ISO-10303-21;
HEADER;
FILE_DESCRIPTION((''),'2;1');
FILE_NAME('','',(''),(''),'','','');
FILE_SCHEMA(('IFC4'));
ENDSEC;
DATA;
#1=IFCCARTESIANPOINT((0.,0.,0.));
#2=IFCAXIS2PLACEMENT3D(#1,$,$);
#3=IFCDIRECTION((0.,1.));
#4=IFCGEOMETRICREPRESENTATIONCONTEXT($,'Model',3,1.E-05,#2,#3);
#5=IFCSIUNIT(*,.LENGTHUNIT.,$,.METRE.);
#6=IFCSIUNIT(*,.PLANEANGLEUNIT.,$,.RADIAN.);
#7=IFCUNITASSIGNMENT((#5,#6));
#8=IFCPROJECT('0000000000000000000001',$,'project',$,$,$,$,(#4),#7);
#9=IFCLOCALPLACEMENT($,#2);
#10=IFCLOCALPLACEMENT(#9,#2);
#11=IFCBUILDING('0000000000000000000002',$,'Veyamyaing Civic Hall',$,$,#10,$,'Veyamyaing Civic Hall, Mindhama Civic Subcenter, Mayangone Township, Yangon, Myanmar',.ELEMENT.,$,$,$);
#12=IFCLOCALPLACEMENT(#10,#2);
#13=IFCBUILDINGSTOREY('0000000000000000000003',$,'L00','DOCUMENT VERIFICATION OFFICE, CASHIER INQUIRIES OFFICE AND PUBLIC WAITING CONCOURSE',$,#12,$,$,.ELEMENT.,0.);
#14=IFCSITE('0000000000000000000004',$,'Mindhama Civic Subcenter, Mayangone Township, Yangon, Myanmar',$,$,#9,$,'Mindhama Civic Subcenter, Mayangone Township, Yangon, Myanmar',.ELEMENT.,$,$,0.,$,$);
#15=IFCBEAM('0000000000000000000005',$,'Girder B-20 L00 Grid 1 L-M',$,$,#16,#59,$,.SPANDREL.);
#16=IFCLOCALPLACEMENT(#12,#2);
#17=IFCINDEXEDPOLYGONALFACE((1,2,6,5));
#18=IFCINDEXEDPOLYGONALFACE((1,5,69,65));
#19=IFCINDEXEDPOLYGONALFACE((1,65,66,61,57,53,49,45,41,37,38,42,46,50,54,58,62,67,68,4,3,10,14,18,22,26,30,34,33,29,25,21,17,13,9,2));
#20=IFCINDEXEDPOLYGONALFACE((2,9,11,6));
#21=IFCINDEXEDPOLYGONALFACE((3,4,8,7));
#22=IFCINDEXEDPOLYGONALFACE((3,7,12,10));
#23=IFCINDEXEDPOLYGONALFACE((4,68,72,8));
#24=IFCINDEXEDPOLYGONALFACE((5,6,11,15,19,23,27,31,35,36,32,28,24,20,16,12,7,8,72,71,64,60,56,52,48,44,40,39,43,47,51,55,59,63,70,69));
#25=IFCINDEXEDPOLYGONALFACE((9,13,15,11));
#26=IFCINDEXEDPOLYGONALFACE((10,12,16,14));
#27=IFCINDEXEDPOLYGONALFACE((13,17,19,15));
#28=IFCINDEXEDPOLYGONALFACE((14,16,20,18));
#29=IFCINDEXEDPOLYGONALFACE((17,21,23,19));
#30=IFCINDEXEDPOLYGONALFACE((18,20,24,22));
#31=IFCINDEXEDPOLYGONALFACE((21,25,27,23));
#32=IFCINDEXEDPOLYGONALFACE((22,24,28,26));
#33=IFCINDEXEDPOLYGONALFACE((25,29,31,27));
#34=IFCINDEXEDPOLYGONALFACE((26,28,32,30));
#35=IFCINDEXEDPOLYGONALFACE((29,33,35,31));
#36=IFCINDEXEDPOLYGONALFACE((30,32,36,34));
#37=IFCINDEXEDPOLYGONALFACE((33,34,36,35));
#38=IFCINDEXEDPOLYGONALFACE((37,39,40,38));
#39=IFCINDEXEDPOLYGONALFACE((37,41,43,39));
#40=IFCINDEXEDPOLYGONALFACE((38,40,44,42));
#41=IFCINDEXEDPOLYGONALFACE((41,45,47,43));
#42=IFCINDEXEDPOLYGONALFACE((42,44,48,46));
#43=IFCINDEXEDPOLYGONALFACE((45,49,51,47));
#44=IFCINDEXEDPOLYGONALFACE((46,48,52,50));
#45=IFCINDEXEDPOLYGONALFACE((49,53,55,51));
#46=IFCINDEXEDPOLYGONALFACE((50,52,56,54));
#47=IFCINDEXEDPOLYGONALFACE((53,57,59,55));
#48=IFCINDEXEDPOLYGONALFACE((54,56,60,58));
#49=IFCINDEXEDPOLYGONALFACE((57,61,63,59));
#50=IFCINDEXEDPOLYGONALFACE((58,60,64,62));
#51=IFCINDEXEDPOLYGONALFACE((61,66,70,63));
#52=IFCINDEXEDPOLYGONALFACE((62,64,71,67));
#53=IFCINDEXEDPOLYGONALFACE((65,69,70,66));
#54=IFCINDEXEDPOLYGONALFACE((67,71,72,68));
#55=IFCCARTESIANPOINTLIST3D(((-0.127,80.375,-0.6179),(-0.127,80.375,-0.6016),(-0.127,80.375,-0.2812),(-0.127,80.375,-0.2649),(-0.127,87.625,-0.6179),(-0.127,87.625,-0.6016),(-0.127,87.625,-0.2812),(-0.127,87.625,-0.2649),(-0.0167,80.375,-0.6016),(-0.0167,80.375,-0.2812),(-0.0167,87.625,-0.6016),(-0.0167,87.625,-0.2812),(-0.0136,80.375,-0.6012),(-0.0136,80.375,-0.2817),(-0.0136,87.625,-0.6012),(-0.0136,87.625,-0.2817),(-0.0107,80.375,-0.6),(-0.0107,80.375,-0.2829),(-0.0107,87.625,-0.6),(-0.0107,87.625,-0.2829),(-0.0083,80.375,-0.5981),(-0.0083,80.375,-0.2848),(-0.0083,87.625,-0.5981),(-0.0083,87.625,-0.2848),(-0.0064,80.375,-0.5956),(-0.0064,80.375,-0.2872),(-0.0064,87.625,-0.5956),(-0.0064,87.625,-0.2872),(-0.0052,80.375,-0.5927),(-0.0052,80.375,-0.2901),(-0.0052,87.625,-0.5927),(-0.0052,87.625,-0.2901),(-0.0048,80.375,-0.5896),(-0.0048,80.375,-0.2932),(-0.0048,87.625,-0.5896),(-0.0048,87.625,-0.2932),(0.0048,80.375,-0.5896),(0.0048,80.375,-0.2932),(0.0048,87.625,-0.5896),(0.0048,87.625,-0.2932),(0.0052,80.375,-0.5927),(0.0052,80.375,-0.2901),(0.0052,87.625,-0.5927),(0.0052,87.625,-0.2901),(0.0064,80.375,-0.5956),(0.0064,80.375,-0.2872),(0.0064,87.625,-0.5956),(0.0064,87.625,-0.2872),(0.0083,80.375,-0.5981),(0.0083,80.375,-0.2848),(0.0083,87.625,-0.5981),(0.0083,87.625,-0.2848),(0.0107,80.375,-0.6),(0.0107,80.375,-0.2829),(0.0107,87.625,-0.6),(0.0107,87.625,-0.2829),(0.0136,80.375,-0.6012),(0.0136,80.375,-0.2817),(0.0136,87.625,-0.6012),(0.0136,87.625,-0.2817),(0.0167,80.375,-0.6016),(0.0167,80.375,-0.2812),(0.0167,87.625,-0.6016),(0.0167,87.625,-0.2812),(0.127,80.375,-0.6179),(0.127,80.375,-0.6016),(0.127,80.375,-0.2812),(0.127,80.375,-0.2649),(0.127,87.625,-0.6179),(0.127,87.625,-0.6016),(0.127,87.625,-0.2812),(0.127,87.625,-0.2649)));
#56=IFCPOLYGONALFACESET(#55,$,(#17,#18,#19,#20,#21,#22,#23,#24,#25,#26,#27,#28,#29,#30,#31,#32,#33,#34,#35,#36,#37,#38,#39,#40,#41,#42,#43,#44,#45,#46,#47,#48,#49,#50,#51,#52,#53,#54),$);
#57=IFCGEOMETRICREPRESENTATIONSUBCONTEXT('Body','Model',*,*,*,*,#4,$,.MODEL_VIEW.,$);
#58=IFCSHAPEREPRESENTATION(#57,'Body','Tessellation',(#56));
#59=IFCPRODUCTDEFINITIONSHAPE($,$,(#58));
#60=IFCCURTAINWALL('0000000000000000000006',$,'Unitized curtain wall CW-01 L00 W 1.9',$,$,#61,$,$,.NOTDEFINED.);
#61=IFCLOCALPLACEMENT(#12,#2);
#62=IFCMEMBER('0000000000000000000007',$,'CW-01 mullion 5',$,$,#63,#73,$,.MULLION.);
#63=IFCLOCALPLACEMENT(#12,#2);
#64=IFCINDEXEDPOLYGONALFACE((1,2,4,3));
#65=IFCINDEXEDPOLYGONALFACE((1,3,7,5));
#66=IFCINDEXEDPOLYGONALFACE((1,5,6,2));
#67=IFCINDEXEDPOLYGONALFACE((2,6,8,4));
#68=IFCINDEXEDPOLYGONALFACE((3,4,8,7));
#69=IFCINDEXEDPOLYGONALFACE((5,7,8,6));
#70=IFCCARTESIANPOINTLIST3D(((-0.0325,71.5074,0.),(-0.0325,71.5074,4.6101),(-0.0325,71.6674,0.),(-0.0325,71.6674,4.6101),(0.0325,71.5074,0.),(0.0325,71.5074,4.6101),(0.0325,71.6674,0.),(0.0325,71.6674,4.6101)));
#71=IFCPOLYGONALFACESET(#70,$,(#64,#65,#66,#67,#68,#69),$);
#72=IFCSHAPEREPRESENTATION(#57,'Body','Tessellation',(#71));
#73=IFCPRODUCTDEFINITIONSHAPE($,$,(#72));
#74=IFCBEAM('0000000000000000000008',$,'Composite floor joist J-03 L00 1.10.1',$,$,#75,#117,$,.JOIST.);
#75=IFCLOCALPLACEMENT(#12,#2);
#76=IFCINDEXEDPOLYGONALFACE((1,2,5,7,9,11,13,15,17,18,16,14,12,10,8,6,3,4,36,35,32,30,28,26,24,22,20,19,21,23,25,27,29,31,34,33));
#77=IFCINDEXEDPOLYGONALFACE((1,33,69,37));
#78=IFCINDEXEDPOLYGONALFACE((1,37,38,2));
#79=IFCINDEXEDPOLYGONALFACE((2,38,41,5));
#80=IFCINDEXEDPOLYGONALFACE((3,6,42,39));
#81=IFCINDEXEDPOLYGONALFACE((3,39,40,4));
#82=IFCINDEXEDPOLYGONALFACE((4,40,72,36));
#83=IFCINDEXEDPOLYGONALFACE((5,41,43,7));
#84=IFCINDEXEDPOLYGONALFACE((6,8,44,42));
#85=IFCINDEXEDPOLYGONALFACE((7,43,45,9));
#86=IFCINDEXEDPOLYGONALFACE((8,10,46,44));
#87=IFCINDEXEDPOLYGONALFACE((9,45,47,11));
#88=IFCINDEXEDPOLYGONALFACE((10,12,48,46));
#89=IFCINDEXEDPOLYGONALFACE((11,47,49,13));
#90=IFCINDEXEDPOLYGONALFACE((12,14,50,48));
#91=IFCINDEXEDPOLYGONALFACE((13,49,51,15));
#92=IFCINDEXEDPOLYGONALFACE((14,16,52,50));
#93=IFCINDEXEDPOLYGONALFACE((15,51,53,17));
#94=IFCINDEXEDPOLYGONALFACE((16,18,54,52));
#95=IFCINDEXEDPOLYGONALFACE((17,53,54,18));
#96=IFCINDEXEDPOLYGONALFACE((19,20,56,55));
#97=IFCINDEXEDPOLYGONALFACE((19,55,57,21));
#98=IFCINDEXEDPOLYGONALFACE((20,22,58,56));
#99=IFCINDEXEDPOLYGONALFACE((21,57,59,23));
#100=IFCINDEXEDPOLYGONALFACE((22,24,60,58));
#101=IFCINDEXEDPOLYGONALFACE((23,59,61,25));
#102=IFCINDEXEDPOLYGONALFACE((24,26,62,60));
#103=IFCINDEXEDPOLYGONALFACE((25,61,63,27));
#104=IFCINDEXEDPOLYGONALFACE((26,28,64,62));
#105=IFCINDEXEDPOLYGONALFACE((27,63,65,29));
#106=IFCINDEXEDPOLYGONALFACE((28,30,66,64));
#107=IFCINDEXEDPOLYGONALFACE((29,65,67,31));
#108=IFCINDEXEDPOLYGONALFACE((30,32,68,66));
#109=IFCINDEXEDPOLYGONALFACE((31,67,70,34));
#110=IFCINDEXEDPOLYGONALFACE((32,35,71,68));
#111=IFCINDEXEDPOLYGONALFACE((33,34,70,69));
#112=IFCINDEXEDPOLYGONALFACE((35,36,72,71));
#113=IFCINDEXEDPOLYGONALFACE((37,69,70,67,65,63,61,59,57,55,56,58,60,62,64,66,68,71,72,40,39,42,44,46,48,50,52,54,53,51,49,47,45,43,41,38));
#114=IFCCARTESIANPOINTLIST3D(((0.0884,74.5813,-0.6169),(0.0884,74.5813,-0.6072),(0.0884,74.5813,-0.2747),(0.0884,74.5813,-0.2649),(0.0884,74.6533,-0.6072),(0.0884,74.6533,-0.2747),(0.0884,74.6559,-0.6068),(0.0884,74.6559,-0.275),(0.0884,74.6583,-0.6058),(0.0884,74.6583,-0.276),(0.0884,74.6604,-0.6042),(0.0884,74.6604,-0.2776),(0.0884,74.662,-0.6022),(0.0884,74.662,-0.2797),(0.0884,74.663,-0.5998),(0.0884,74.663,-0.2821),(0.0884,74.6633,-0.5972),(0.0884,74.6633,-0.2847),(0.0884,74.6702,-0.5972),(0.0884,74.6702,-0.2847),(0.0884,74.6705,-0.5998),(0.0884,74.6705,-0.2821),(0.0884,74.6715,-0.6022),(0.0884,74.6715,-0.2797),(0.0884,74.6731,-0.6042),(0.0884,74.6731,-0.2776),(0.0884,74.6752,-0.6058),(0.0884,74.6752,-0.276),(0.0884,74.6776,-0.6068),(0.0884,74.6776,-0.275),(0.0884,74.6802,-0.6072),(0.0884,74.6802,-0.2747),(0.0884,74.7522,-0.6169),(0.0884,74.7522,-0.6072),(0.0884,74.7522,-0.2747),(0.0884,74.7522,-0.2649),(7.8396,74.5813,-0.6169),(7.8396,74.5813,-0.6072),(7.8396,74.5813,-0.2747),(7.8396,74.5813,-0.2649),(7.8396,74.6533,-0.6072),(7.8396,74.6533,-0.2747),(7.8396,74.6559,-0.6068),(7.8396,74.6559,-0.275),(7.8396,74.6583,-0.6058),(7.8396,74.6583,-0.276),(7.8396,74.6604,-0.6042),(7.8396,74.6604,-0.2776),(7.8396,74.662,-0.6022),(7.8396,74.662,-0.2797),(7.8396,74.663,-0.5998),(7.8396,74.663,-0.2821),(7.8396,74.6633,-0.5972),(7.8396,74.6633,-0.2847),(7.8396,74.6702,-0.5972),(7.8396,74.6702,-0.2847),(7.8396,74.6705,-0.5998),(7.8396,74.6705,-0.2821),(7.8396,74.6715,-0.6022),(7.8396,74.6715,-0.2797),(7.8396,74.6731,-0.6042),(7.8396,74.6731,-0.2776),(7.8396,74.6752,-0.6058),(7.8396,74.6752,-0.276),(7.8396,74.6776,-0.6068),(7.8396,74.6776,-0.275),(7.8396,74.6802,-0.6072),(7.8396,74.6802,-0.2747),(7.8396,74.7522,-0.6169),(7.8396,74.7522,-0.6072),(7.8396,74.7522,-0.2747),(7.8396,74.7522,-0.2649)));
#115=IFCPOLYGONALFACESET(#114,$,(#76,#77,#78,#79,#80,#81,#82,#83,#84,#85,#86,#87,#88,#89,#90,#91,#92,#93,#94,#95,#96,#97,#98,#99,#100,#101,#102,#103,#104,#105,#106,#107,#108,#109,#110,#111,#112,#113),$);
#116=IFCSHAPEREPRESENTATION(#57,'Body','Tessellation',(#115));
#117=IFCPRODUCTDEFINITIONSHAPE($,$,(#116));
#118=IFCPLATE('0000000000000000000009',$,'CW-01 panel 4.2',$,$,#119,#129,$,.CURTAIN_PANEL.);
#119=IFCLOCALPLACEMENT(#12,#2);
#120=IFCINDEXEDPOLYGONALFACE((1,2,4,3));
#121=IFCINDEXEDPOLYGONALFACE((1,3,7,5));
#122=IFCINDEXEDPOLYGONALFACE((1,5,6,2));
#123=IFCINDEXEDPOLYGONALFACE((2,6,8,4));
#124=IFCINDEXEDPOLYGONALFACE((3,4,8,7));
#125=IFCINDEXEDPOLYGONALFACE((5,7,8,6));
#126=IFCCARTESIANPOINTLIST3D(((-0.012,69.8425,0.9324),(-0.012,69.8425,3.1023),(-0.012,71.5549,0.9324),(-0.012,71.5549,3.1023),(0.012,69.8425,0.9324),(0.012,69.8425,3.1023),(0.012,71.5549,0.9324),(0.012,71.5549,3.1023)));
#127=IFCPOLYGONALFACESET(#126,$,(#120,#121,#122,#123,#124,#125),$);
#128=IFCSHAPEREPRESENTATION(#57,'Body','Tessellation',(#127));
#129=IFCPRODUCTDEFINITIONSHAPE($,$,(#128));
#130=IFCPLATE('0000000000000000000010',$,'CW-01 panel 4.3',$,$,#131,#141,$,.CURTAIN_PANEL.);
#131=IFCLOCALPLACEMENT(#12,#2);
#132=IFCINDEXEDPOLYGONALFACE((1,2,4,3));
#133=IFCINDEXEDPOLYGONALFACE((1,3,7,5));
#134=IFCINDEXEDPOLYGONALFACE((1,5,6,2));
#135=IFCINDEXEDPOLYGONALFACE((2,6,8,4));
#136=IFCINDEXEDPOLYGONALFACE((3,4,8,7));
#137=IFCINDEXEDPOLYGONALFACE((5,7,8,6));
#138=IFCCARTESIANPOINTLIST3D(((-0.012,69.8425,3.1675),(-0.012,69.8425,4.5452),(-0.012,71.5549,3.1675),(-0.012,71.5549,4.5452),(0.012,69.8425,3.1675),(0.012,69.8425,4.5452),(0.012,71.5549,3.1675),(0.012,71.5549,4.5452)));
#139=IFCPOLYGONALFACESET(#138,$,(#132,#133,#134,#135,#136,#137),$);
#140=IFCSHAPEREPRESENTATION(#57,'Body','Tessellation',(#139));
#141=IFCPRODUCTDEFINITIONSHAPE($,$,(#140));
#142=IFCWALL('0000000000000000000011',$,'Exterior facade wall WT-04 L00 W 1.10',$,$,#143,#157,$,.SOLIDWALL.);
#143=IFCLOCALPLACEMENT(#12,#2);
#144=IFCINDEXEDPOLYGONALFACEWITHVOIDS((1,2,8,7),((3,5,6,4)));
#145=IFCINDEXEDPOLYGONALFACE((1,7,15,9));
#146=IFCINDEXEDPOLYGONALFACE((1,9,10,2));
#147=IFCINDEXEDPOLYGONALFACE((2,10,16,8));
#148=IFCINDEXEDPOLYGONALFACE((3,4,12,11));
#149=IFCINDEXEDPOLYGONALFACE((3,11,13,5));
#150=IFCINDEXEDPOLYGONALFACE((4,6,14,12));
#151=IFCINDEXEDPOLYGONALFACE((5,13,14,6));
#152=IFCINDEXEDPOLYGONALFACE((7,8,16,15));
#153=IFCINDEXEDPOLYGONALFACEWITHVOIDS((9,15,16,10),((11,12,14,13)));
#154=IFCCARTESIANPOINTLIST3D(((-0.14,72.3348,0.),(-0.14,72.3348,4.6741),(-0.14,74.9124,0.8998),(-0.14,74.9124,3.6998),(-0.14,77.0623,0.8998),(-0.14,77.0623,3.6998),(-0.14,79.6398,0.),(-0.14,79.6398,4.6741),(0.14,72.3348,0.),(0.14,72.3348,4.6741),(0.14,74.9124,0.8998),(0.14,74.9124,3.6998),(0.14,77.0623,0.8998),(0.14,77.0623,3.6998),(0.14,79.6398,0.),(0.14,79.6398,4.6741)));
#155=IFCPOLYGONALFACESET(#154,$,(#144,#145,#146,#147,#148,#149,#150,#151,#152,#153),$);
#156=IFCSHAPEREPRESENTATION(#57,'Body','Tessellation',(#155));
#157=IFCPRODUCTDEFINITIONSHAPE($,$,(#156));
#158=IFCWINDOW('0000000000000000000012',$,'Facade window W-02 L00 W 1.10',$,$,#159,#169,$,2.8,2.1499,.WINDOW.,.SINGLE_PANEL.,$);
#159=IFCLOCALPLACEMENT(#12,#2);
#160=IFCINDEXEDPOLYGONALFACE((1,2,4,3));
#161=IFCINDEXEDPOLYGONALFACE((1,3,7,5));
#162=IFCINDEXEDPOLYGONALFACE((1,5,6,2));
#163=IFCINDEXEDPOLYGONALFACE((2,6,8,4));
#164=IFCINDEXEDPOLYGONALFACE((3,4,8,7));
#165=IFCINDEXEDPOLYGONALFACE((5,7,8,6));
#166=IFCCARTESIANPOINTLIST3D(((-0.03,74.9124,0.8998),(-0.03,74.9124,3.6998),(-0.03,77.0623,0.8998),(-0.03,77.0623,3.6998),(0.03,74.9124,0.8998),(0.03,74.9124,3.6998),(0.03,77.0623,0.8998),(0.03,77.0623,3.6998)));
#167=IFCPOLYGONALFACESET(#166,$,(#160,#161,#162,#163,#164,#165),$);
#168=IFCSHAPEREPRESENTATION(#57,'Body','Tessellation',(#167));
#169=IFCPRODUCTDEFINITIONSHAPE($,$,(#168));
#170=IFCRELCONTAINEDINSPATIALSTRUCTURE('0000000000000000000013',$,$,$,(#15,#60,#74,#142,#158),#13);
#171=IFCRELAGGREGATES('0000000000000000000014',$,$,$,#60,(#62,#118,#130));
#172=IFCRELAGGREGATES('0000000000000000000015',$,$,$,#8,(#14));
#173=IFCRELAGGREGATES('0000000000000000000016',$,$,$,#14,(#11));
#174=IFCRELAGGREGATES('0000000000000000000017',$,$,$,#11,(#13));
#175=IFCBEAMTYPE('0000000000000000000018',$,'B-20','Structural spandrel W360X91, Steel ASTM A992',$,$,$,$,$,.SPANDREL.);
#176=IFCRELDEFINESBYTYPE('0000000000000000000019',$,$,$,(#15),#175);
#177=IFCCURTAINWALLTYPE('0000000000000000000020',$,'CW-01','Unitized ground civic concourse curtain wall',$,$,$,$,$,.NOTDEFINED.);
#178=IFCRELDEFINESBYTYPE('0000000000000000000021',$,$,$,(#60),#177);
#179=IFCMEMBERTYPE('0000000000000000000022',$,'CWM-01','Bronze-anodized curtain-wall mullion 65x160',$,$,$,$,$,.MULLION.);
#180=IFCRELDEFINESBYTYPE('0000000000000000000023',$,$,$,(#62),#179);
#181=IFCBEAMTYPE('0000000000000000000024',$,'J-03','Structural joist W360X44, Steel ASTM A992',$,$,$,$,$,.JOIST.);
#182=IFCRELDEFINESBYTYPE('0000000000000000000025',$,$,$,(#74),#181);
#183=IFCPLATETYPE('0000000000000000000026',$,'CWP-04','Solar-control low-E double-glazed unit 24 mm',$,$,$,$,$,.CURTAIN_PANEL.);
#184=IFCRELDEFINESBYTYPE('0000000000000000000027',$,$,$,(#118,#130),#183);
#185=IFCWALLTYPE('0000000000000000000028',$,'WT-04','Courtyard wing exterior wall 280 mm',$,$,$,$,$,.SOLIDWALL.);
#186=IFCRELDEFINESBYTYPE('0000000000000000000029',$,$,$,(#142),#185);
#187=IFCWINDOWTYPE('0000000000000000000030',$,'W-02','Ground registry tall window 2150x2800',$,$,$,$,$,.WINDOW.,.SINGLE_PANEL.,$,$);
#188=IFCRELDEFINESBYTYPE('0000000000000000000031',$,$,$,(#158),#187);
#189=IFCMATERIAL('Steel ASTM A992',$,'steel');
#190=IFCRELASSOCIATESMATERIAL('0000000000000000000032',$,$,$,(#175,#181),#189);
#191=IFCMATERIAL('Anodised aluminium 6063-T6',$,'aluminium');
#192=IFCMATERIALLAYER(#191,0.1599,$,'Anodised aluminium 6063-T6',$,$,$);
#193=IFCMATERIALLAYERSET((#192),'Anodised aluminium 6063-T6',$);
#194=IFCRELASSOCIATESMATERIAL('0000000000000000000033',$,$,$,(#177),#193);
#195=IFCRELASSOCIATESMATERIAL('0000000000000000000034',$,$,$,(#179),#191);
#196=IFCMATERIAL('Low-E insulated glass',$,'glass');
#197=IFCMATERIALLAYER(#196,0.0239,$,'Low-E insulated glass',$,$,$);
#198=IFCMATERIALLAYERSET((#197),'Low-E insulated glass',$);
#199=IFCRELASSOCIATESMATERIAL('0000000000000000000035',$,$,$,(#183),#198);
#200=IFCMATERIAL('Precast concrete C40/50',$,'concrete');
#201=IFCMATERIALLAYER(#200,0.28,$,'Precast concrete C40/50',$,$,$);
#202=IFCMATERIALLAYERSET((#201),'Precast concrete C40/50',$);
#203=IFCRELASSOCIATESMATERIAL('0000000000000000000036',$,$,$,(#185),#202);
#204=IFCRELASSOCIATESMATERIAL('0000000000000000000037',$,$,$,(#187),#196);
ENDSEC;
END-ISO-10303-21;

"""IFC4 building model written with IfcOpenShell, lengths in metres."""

from ifc_helpers import new_model, si_unit, direction, frame, frame_2d, origin, origin_2d, place, context, subcontext, project, spatial, rectangle, i_section, extrude, material, layer, layer_set, material_profile, profile_set, type_object, element, fill, aggregate, save


model = new_model("IFC4")

# Units and contexts
model_context = context("Model", 3, precision=1e-05, world=origin(), true_north=direction((0.0, 1.0)))
body_context = subcontext(model_context, "Body", "Model", "MODEL_VIEW")
ifc_project = project(units=[si_unit("LENGTHUNIT", "METRE"), si_unit("PLANEANGLEUNIT", "RADIAN")], contexts=[model_context])

# Site, building, storey
site_placement = place(None, origin())
site = spatial("IfcSite", under=ifc_project, at=site_placement, Name="Mindhama Civic Subcenter, Mayangone Township, Yangon, Myanmar", LongName="Mindhama Civic Subcenter, Mayangone Township, Yangon, Myanmar", CompositionType="ELEMENT", RefElevation=0.0)
building_placement = place(site_placement, origin())
building = spatial("IfcBuilding", under=site, at=building_placement, Name="Veyamyaing Civic Hall", LongName="Veyamyaing Civic Hall, Mindhama Civic Subcenter, Mayangone Township, Yangon, Myanmar", CompositionType="ELEMENT")
storey_placement = place(building_placement, origin())
storey = spatial("IfcBuildingStorey", under=building, at=storey_placement, Name="L00", Description="DOCUMENT VERIFICATION OFFICE, CASHIER INQUIRIES OFFICE AND PUBLIC WAITING CONCOURSE", CompositionType="ELEMENT", Elevation=0.0)

# Beam
ifc_material_1 = material(Name="Steel ASTM A992", Category="steel")
ifc_material_profile_1 = material_profile(ifc_material_1, i_section(OverallWidth=0.2539, OverallDepth=0.353, WebThickness=0.0095, FlangeThickness=0.0164, FilletRadius=0.012, at=origin_2d()), Name="W360X91")
ifc_profile_set_1 = profile_set([ifc_material_profile_1], Name="Steel ASTM A992")
beam_type_1 = type_object("IfcBeamType", Name="B-20", Description="Structural spandrel W360X91, Steel ASTM A992", PredefinedType="SPANDREL", material=ifc_profile_set_1)
beam_1_placement = place(storey_placement, frame((0.0, 80.375, -0.4414), z_axis=(0.0, 1.0, 0.0), x_axis=(-1.0, 0.0, 0.0)))
element("IfcBeam", 1, at=beam_1_placement, inside=storey, type_object=beam_type_1, Name="Girder B-20 L00 Grid 1 L-M", PredefinedType="SPANDREL", context=body_context, shape_type="SweptSolid", body=[
    extrude(i_section(OverallWidth=0.2539, OverallDepth=0.353, WebThickness=0.0095, FlangeThickness=0.0164, FilletRadius=0.012, at=origin_2d()), origin(), (0.0, 0.0, 1.0), 7.25),
])

# Curtain wall, member
ifc_material_2 = material(Name="Anodised aluminium 6063-T6", Category="aluminium")
ifc_layer_1 = layer(ifc_material_2, 0.1599, Name="Anodised aluminium 6063-T6")
ifc_layer_set_1 = layer_set([ifc_layer_1], Name="Anodised aluminium 6063-T6")
curtain_wall_type = type_object("IfcCurtainWallType", Name="CW-01", Description="Unitized ground civic concourse curtain wall", PredefinedType="NOTDEFINED", material=ifc_layer_set_1)
curtain_wall_placement = place(storey_placement, origin())
curtain_wall = element("IfcCurtainWall", 2, at=curtain_wall_placement, inside=storey, type_object=curtain_wall_type, Name="Unitized curtain wall CW-01 L00 W 1.9", PredefinedType="NOTDEFINED")
ifc_material_profile_2 = material_profile(ifc_material_2, rectangle(XDim=0.0649, YDim=0.1599, at=origin_2d()), Name="ALU-MUL-65X160")
ifc_profile_set_2 = profile_set([ifc_material_profile_2], Name="Anodised aluminium 6063-T6")
member_type = type_object("IfcMemberType", Name="CWM-01", Description="Bronze-anodized curtain-wall mullion 65x160", PredefinedType="MULLION", material=ifc_profile_set_2)
member_placement = place(storey_placement, frame((0.0, 71.5874, 0.0), z_axis=(0.0, 0.0, 1.0), x_axis=(-1.0, 0.0, 0.0)))
member = element("IfcMember", 3, at=member_placement, type_object=member_type, Name="CW-01 mullion 5", PredefinedType="MULLION", context=body_context, shape_type="SweptSolid", body=[
    extrude(rectangle(XDim=0.0649, YDim=0.1599, at=origin_2d()), origin(), (0.0, 0.0, 1.0), 4.6101),
])

# Beam
ifc_material_profile_3 = material_profile(ifc_material_1, i_section(OverallWidth=0.1709, OverallDepth=0.3521, WebThickness=0.0068, FlangeThickness=0.0098, FilletRadius=0.01, at=origin_2d()), Name="W360X44")
ifc_profile_set_3 = profile_set([ifc_material_profile_3], Name="Steel ASTM A992")
beam_type_2 = type_object("IfcBeamType", Name="J-03", Description="Structural joist W360X44, Steel ASTM A992", PredefinedType="JOIST", material=ifc_profile_set_3)
beam_2_placement = place(storey_placement, frame((0.0884, 74.6667, -0.4409), z_axis=(1.0, 0.0, 0.0), x_axis=(0.0, 1.0, 0.0)))
element("IfcBeam", 4, at=beam_2_placement, inside=storey, type_object=beam_type_2, Name="Composite floor joist J-03 L00 1.10.1", PredefinedType="JOIST", context=body_context, shape_type="SweptSolid", body=[
    extrude(i_section(OverallWidth=0.1709, OverallDepth=0.3521, WebThickness=0.0068, FlangeThickness=0.0098, FilletRadius=0.01, at=origin_2d()), origin(), (0.0, 0.0, 1.0), 7.7512),
])

# Plates
ifc_material_3 = material(Name="Low-E insulated glass", Category="glass")
ifc_layer_2 = layer(ifc_material_3, 0.0239, Name="Low-E insulated glass")
ifc_layer_set_2 = layer_set([ifc_layer_2], Name="Low-E insulated glass")
plate_type = type_object("IfcPlateType", Name="CWP-04", Description="Solar-control low-E double-glazed unit 24 mm", PredefinedType="CURTAIN_PANEL", material=ifc_layer_set_2)
plate_1_placement = place(storey_placement, frame((0.0, 70.6987, 0.9324), z_axis=(0.0, 0.0, 1.0), x_axis=(0.0, 1.0, 0.0)))
plate_1 = element("IfcPlate", 5, at=plate_1_placement, type_object=plate_type, Name="CW-01 panel 4.2", PredefinedType="CURTAIN_PANEL", context=body_context, shape_type="SweptSolid", body=[
    extrude(rectangle(XDim=1.7124, YDim=0.0239, at=origin_2d()), origin(), (0.0, 0.0, 1.0), 2.1699),
])
plate_2_placement = place(storey_placement, frame((0.0, 70.6987, 3.1675), z_axis=(0.0, 0.0, 1.0), x_axis=(0.0, 1.0, 0.0)))
plate_2 = element("IfcPlate", 6, at=plate_2_placement, type_object=plate_type, Name="CW-01 panel 4.3", PredefinedType="CURTAIN_PANEL", context=body_context, shape_type="SweptSolid", body=[
    extrude(rectangle(XDim=1.7124, YDim=0.0239, at=origin_2d()), origin(), (0.0, 0.0, 1.0), 1.3777),
])
aggregate(curtain_wall, [member, plate_1, plate_2])

# Wall, opening, window
ifc_material_4 = material(Name="Precast concrete C40/50", Category="concrete")
ifc_layer_3 = layer(ifc_material_4, 0.28, Name="Precast concrete C40/50")
ifc_layer_set_3 = layer_set([ifc_layer_3], Name="Precast concrete C40/50")
wall_type = type_object("IfcWallType", Name="WT-04", Description="Courtyard wing exterior wall 280 mm", PredefinedType="SOLIDWALL", material=ifc_layer_set_3)
wall_1_placement = place(storey_placement, frame((0.0, 72.335, 0.0), z_axis=(0.0, 0.0, 1.0), x_axis=(0.0, 1.0, 0.0)))
wall_1 = element("IfcWall", 7, at=wall_1_placement, inside=storey, type_object=wall_type, Name="Exterior facade wall WT-04 L00 W 1.10", PredefinedType="SOLIDWALL", context=body_context, shape_type="SweptSolid", body=[
    extrude(rectangle(XDim=7.3049, YDim=0.28, at=frame_2d((3.6523, 0.0))), origin(), (0.0, 0.0, 1.0), 4.6741),
])
opening_1_placement = place(wall_1_placement, frame((2.5774, 0.0, 0.8999)))
opening_1 = element("IfcOpeningElement", 8, at=opening_1_placement, cuts=wall_1, PredefinedType="OPENING", context=body_context, shape_type="SweptSolid", body=[
    extrude(rectangle(XDim=2.1499, YDim=2.8, at=frame_2d((1.075, 1.3999))), frame((0.0, 0.1499, 0.0), z_axis=(0.0, -1.0, 0.0), x_axis=(1.0, 0.0, 0.0)), (0.0, 0.0, 1.0), 0.3),
])
window_type_1 = type_object("IfcWindowType", Name="W-02", Description="Ground registry tall window 2150x2800", PartitioningType="SINGLE_PANEL", PredefinedType="WINDOW", material=ifc_material_3)
window_1_placement = place(opening_1_placement, origin())
window_1 = element("IfcWindow", 9, at=window_1_placement, inside=storey, type_object=window_type_1, Name="Facade window W-02 L00 W 1.10", OverallHeight=2.8, OverallWidth=2.1499, PartitioningType="SINGLE_PANEL", PredefinedType="WINDOW", context=body_context, shape_type="SweptSolid", body=[
    extrude(rectangle(XDim=2.1499, YDim=2.8, at=frame_2d((1.075, 1.3999))), frame((0.0, 0.03, 0.0), z_axis=(0.0, -1.0, 0.0), x_axis=(1.0, 0.0, 0.0)), (0.0, 0.0, 1.0), 0.0601),
])
fill(opening_1, window_1)

save(model, "model.ifc")
